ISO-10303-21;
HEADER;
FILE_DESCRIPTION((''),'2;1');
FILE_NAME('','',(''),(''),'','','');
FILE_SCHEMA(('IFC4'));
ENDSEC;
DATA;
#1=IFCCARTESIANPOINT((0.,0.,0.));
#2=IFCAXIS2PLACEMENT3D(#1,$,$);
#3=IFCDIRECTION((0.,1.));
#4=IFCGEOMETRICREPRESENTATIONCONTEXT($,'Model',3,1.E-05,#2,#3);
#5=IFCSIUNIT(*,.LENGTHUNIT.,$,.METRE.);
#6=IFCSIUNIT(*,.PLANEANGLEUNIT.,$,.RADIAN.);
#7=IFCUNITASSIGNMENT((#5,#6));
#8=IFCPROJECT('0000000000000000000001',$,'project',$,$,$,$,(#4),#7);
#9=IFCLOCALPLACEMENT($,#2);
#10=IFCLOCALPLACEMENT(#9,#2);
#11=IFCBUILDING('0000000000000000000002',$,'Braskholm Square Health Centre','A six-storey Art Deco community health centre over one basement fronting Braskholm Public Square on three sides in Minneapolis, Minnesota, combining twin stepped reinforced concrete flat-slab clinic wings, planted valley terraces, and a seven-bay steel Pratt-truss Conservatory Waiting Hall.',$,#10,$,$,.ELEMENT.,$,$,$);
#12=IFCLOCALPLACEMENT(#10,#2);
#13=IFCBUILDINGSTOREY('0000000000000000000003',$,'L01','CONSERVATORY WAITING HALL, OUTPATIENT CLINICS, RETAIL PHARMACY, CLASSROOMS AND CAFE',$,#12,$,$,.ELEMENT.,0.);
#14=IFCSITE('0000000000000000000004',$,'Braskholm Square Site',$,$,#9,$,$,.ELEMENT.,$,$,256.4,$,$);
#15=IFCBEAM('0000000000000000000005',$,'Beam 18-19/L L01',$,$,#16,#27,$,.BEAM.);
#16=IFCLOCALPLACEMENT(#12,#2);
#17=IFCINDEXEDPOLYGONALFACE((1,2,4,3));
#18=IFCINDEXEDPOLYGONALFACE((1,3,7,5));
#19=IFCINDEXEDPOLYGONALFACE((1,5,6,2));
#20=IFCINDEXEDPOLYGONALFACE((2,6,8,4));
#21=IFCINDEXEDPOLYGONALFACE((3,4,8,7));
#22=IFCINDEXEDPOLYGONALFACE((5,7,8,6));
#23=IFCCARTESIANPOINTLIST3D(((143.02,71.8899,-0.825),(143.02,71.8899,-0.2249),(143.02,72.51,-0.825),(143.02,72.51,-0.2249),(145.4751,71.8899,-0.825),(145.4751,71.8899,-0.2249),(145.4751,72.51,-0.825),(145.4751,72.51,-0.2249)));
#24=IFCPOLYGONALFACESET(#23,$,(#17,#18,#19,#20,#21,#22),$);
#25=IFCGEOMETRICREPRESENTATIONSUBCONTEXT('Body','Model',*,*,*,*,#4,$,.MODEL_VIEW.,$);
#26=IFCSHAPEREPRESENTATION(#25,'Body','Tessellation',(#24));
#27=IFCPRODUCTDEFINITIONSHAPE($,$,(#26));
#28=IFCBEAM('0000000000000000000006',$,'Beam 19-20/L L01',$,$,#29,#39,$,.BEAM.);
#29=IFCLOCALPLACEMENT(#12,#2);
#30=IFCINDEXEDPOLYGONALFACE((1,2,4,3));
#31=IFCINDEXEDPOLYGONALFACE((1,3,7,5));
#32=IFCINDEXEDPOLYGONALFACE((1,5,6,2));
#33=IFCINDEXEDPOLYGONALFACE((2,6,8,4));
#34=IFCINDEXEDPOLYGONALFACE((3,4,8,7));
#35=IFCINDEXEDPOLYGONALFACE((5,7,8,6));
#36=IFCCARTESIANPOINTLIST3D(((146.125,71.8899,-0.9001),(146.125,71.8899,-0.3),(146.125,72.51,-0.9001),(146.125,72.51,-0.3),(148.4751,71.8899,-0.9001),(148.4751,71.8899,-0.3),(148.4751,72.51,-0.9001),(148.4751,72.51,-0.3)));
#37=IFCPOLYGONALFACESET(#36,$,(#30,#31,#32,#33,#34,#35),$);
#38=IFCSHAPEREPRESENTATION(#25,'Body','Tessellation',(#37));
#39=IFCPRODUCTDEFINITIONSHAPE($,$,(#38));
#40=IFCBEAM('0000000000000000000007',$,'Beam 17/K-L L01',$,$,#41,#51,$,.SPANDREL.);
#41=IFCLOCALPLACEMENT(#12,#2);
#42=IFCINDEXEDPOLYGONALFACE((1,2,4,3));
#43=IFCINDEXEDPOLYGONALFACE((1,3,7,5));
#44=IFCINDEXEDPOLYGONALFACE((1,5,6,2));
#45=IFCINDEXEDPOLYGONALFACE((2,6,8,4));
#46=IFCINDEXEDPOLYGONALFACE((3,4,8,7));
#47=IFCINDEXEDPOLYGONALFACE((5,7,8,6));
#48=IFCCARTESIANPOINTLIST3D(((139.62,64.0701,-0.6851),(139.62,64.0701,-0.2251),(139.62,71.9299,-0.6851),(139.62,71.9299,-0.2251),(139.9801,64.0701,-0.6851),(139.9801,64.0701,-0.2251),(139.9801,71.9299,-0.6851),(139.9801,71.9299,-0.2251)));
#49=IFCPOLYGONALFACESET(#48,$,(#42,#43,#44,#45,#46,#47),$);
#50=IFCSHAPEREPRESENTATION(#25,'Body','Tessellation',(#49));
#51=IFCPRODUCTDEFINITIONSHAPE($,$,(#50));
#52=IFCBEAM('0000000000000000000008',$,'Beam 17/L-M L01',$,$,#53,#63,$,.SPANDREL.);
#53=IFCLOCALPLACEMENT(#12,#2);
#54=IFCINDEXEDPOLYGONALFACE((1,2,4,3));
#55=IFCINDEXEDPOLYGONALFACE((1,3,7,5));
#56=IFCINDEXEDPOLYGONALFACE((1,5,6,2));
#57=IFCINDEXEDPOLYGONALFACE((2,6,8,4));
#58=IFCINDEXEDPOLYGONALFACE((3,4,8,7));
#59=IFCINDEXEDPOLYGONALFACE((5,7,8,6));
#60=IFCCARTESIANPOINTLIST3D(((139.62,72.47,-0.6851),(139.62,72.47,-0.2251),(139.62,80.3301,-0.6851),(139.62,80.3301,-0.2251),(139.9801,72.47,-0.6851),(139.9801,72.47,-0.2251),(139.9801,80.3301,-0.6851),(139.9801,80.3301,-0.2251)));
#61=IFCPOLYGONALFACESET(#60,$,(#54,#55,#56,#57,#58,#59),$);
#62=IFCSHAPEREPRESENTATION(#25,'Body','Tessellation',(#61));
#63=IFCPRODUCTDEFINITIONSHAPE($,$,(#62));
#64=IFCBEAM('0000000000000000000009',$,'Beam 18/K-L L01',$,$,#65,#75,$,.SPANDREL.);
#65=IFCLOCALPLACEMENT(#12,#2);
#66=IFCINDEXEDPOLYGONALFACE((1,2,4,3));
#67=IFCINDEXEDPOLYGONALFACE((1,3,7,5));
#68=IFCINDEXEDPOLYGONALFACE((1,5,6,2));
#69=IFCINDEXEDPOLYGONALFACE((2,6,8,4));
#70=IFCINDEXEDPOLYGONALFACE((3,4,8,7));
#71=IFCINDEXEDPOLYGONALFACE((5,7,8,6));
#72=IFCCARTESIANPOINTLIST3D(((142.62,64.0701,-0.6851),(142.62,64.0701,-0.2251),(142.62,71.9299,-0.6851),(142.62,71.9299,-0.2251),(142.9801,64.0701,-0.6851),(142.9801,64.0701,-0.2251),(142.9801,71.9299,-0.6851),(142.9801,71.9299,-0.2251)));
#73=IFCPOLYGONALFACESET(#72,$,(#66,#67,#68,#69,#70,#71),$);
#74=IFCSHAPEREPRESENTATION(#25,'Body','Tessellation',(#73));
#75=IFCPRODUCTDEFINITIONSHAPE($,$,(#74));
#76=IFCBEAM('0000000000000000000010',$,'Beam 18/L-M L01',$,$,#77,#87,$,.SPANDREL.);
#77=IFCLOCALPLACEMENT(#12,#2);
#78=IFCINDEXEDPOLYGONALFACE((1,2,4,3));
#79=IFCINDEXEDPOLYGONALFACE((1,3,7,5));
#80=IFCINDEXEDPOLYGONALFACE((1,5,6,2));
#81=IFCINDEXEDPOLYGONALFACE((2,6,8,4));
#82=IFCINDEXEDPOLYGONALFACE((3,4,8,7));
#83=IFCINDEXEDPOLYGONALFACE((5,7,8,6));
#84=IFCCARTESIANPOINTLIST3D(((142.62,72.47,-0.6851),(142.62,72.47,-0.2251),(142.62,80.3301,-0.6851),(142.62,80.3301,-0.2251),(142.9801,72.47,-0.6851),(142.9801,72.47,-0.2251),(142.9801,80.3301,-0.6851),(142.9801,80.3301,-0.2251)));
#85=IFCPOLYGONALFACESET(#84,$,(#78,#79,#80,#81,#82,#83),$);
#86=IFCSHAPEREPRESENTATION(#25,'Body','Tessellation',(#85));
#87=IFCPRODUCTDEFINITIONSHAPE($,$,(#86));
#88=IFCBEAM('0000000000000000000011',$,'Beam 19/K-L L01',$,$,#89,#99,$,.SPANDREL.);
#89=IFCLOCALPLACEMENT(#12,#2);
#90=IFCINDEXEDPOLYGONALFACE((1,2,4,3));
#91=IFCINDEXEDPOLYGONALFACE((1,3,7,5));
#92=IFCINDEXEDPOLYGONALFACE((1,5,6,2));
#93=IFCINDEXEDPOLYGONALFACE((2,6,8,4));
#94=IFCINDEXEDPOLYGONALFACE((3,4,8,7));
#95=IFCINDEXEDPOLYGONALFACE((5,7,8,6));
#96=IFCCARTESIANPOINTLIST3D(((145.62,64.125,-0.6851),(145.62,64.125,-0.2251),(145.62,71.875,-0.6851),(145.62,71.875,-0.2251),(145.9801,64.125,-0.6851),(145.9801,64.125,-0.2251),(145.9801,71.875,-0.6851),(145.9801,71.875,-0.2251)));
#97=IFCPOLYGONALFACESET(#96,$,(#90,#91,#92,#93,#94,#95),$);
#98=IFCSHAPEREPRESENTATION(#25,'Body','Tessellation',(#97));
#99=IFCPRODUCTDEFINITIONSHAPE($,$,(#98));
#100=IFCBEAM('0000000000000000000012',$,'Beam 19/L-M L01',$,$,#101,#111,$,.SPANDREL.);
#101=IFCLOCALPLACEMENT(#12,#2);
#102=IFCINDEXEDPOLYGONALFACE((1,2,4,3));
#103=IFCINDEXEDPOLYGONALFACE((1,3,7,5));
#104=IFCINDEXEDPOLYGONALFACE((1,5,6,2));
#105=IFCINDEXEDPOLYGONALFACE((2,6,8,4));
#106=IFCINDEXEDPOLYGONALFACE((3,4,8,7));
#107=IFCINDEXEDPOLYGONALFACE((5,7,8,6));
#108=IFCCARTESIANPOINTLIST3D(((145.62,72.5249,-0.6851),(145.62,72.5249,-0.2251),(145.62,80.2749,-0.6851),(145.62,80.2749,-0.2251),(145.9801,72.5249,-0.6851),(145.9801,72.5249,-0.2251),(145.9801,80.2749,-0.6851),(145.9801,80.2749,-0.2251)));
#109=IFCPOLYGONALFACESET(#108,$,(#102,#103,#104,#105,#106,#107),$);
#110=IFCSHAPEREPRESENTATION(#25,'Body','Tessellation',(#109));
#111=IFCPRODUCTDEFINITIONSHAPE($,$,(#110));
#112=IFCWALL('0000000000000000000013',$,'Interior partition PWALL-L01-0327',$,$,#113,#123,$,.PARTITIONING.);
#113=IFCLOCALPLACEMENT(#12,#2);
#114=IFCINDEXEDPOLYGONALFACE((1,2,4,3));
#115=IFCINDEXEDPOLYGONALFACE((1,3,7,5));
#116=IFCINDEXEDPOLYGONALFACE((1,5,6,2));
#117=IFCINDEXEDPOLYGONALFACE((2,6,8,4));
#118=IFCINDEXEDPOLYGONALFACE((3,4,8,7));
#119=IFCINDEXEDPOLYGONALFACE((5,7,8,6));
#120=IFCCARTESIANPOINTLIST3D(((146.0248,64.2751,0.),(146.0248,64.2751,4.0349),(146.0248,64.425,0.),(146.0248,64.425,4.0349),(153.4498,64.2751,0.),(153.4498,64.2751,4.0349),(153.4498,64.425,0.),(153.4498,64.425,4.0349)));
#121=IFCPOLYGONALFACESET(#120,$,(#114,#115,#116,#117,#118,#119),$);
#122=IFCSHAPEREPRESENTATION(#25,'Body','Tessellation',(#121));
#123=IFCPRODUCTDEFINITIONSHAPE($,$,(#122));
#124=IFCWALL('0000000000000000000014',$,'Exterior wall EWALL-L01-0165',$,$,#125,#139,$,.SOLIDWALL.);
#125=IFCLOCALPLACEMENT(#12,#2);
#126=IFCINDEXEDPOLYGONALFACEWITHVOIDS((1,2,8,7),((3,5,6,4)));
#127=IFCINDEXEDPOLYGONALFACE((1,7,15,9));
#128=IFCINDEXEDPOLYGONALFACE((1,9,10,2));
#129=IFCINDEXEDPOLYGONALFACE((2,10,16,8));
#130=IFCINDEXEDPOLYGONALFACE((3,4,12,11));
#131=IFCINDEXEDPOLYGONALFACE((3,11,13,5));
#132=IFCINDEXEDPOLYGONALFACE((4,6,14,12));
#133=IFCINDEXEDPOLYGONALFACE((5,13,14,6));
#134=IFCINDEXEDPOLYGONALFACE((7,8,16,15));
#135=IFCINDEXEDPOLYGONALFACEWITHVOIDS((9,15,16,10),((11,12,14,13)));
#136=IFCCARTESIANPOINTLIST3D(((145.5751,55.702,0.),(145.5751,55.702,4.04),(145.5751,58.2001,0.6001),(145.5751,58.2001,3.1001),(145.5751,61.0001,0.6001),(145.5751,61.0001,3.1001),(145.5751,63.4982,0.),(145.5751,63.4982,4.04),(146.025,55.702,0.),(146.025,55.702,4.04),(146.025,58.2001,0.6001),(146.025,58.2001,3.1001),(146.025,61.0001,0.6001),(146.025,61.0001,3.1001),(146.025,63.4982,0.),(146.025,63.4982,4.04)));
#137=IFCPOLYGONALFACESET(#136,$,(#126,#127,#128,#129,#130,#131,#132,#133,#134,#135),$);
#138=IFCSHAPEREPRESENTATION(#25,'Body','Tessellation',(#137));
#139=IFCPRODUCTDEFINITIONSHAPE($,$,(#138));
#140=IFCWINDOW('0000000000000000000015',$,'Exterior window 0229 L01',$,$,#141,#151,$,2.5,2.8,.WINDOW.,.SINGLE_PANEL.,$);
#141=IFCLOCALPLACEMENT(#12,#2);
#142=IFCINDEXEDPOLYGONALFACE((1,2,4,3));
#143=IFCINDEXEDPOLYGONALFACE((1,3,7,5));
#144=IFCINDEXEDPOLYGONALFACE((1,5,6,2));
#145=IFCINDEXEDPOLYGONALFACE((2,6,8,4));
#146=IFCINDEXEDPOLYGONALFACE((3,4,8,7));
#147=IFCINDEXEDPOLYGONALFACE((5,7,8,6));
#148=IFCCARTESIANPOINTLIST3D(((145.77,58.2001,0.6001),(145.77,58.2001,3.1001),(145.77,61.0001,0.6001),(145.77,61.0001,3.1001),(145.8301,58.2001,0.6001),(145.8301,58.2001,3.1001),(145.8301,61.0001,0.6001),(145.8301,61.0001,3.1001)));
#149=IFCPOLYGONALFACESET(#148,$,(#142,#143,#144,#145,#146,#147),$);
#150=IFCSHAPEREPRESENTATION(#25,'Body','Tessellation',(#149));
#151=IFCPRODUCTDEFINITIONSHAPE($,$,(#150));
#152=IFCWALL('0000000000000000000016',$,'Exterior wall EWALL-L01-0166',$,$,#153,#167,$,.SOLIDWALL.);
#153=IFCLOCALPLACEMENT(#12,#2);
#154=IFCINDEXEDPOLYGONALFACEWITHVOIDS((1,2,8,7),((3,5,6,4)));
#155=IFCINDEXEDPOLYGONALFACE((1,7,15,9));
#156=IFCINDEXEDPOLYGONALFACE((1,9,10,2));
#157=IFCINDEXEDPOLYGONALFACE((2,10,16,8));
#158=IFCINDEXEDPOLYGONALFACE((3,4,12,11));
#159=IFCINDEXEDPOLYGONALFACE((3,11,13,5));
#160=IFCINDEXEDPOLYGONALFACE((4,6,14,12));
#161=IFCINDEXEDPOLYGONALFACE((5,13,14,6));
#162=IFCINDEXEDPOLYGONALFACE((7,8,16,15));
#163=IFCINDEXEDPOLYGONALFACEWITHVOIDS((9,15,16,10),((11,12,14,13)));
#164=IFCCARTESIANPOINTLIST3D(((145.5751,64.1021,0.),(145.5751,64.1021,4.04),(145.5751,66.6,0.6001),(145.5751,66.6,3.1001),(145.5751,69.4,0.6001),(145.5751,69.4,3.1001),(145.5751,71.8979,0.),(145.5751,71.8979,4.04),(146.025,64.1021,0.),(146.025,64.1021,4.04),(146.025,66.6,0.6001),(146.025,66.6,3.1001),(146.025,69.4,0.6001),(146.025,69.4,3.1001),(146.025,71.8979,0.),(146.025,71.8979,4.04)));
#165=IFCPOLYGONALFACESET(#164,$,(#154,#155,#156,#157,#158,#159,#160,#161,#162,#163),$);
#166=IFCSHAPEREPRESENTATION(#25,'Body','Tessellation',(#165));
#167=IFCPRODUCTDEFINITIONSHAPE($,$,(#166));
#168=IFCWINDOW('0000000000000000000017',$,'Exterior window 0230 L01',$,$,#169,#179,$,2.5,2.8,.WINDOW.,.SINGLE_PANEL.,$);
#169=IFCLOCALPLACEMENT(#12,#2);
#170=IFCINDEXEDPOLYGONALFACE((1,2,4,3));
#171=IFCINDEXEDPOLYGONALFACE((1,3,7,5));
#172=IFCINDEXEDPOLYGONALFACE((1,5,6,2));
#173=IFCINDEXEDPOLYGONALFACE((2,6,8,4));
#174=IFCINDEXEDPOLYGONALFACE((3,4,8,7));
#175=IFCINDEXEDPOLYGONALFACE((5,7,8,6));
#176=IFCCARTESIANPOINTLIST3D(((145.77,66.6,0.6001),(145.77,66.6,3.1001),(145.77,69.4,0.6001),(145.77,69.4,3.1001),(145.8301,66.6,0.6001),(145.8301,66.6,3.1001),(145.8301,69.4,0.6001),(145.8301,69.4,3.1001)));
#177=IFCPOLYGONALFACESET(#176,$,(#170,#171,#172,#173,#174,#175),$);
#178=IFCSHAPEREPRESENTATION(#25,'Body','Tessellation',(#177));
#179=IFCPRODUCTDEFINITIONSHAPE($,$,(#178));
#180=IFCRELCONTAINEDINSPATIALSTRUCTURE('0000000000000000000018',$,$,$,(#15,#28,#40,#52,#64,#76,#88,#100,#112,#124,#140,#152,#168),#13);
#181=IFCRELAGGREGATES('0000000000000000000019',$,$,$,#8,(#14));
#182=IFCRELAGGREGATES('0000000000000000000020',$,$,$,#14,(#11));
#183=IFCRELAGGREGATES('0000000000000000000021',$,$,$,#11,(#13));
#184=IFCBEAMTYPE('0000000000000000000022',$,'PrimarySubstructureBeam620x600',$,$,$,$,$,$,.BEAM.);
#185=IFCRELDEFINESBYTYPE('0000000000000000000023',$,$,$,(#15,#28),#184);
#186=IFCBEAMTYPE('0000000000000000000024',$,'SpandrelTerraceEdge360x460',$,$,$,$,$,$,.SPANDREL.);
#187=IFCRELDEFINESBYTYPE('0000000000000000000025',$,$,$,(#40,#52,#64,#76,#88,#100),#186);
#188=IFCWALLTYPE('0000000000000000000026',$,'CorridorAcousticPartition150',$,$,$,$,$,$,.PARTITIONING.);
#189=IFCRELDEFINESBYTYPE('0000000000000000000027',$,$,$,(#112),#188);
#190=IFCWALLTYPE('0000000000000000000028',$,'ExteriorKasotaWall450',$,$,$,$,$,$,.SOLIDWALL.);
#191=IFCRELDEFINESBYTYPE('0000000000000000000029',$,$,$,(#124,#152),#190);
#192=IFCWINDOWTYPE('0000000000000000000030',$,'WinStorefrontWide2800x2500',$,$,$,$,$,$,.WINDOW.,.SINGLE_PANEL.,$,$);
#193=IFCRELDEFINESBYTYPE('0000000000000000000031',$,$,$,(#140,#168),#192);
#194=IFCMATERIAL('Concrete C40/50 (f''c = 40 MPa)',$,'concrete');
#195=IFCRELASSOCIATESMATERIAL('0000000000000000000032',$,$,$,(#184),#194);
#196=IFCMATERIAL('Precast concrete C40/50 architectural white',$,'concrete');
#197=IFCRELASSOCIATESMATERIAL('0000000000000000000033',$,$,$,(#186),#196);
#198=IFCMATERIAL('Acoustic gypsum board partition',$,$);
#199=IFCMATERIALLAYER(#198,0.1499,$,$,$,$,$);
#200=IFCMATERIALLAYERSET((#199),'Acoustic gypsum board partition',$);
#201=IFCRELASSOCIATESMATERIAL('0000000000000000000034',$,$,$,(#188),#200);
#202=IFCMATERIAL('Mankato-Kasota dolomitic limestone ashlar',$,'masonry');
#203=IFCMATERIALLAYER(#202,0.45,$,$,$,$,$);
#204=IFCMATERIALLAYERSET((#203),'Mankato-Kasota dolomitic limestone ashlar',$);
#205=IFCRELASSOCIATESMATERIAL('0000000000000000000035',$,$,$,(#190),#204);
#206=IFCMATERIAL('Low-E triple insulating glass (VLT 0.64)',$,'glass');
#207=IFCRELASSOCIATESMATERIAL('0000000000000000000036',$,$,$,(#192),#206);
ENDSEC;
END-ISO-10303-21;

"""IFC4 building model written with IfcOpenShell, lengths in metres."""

from ifc_helpers import new_model, si_unit, direction, frame, frame_2d, origin, origin_with_axes, origin_2d, place, context, subcontext, project, spatial, rectangle, extrude, material, layer, layer_set, material_profile, profile_set, type_object, element, fill, save


model = new_model("IFC4")

# Units and contexts
model_context = context("Model", 3, precision=1e-05, world=origin(), true_north=direction((0.0, 1.0)))
body_context = subcontext(model_context, "Body", "Model", "MODEL_VIEW")
ifc_project = project(units=[si_unit("LENGTHUNIT", "METRE"), si_unit("PLANEANGLEUNIT", "RADIAN")], contexts=[model_context])

# Site, building, storey
site_placement = place(None, origin())
site = spatial("IfcSite", under=ifc_project, at=site_placement, Name="Braskholm Square Site", CompositionType="ELEMENT", RefElevation=256.4)
building_placement = place(site_placement, origin())
building = spatial("IfcBuilding", under=site, at=building_placement, Name="Braskholm Square Health Centre", Description="A six-storey Art Deco community health centre over one basement fronting Braskholm Public Square on three sides in Minneapolis, Minnesota, combining twin stepped reinforced concrete flat-slab clinic wings, planted valley terraces, and a seven-bay steel Pratt-truss Conservatory Waiting Hall.", CompositionType="ELEMENT")
storey_placement = place(building_placement, origin())
storey = spatial("IfcBuildingStorey", under=building, at=storey_placement, Name="L01", Description="CONSERVATORY WAITING HALL, OUTPATIENT CLINICS, RETAIL PHARMACY, CLASSROOMS AND CAFE", CompositionType="ELEMENT", Elevation=0.0)

# Shared definitions
ifc_material_1 = material(Name="Concrete C40/50 (f'c = 40 MPa)", Category="concrete")
ifc_material_2 = material(Name="Precast concrete C40/50 architectural white", Category="concrete")

# Shared definitions
ifc_material_3 = material(Name="Low-E triple insulating glass (VLT 0.64)", Category="glass")

# Beams
ifc_material_profile_1 = material_profile(ifc_material_1, rectangle(XDim=0.6201, YDim=0.6001, at=origin_2d()), Name="RCB-620X600")
ifc_profile_set_1 = profile_set([ifc_material_profile_1], Name="Concrete C40/50 (f'c = 40 MPa)")
beam_type_1 = type_object("IfcBeamType", Name="PrimarySubstructureBeam620x600", PredefinedType="BEAM", material=ifc_profile_set_1)
beam_1_placement = place(storey_placement, frame((143.02, 72.2, -0.5249), z_axis=(1.0, 0.0, 0.0), x_axis=(0.0, 1.0, 0.0)))
element("IfcBeam", 1, at=beam_1_placement, inside=storey, type_object=beam_type_1, Name="Beam 18-19/L L01", PredefinedType="BEAM", context=body_context, shape_type="SweptSolid", body=[
    extrude(rectangle(XDim=0.6201, YDim=0.6001, at=origin_2d()), origin(), (0.0, 0.0, 1.0), 2.4551),
])
beam_2_placement = place(storey_placement, frame((146.125, 72.2, -0.6001), z_axis=(1.0, 0.0, 0.0), x_axis=(0.0, 1.0, 0.0)))
element("IfcBeam", 2, at=beam_2_placement, inside=storey, type_object=beam_type_1, Name="Beam 19-20/L L01", PredefinedType="BEAM", context=body_context, shape_type="SweptSolid", body=[
    extrude(rectangle(XDim=0.6201, YDim=0.6001, at=origin_2d()), origin(), (0.0, 0.0, 1.0), 2.3501),
])
ifc_material_profile_2 = material_profile(ifc_material_2, rectangle(XDim=0.3601, YDim=0.46, at=origin_2d()), Name="RCB-360X460")
ifc_profile_set_2 = profile_set([ifc_material_profile_2], Name="Precast concrete C40/50 architectural white")
beam_type_2 = type_object("IfcBeamType", Name="SpandrelTerraceEdge360x460", PredefinedType="SPANDREL", material=ifc_profile_set_2)
beam_3_placement = place(storey_placement, frame((139.8, 64.0701, -0.4551), z_axis=(0.0, 1.0, 0.0), x_axis=(-1.0, 0.0, 0.0)))
element("IfcBeam", 3, at=beam_3_placement, inside=storey, type_object=beam_type_2, Name="Beam 17/K-L L01", PredefinedType="SPANDREL", context=body_context, shape_type="SweptSolid", body=[
    extrude(rectangle(XDim=0.3601, YDim=0.46, at=origin_2d()), origin(), (0.0, 0.0, 1.0), 7.8599),
])
beam_4_placement = place(storey_placement, frame((139.8, 72.47, -0.4551), z_axis=(0.0, 1.0, 0.0), x_axis=(-1.0, 0.0, 0.0)))
element("IfcBeam", 4, at=beam_4_placement, inside=storey, type_object=beam_type_2, Name="Beam 17/L-M L01", PredefinedType="SPANDREL", context=body_context, shape_type="SweptSolid", body=[
    extrude(rectangle(XDim=0.3601, YDim=0.46, at=origin_2d()), origin(), (0.0, 0.0, 1.0), 7.8601),
])
beam_5_placement = place(storey_placement, frame((142.8, 64.0701, -0.4551), z_axis=(0.0, 1.0, 0.0), x_axis=(-1.0, 0.0, 0.0)))
element("IfcBeam", 5, at=beam_5_placement, inside=storey, type_object=beam_type_2, Name="Beam 18/K-L L01", PredefinedType="SPANDREL", context=body_context, shape_type="SweptSolid", body=[
    extrude(rectangle(XDim=0.3601, YDim=0.46, at=origin_2d()), origin(), (0.0, 0.0, 1.0), 7.8599),
])
beam_6_placement = place(storey_placement, frame((142.8, 72.47, -0.4551), z_axis=(0.0, 1.0, 0.0), x_axis=(-1.0, 0.0, 0.0)))
element("IfcBeam", 6, at=beam_6_placement, inside=storey, type_object=beam_type_2, Name="Beam 18/L-M L01", PredefinedType="SPANDREL", context=body_context, shape_type="SweptSolid", body=[
    extrude(rectangle(XDim=0.3601, YDim=0.46, at=origin_2d()), origin(), (0.0, 0.0, 1.0), 7.8601),
])
for number, where, z_axis, x_axis, name in (
    (7, (145.8, 64.125, -0.4551), (0.0, 1.0, 0.0), (-1.0, 0.0, 0.0), "Beam 19/K-L L01"),
    (8, (145.8, 72.5249, -0.4551), (0.0, 1.0, 0.0), (-1.0, 0.0, 0.0), "Beam 19/L-M L01"),
):
    element("IfcBeam", number, at=place(storey_placement, frame(where, z_axis=z_axis, x_axis=x_axis)), inside=storey, type_object=beam_type_2, Name=name, PredefinedType="SPANDREL", context=body_context, shape_type="SweptSolid", body=[
        extrude(rectangle(XDim=0.3601, YDim=0.46, at=origin_2d()), origin(), (0.0, 0.0, 1.0), 7.75),
    ])

# Wall
ifc_material_4 = material(Name="Acoustic gypsum board partition")
ifc_layer_1 = layer(ifc_material_4, 0.1499)
ifc_layer_set_1 = layer_set([ifc_layer_1], Name="Acoustic gypsum board partition")
wall_type_1 = type_object("IfcWallType", Name="CorridorAcousticPartition150", PredefinedType="PARTITIONING", material=ifc_layer_set_1)
wall_1_placement = place(storey_placement, frame((146.0249, 64.3501, 0.0), z_axis=(0.0, 0.0, 1.0), x_axis=(1.0, 0.0, 0.0)))
element("IfcWall", 9, at=wall_1_placement, inside=storey, type_object=wall_type_1, Name="Interior partition PWALL-L01-0327", PredefinedType="PARTITIONING", context=body_context, shape_type="SweptSolid", body=[
    extrude(rectangle(XDim=7.425, YDim=0.1499, at=frame_2d((3.7124, 0.0))), origin(), (0.0, 0.0, 1.0), 4.0349),
])

# Walls, openings, windows
ifc_material_5 = material(Name="Mankato-Kasota dolomitic limestone ashlar", Category="masonry")
ifc_layer_2 = layer(ifc_material_5, 0.45)
ifc_layer_set_2 = layer_set([ifc_layer_2], Name="Mankato-Kasota dolomitic limestone ashlar")
wall_type_2 = type_object("IfcWallType", Name="ExteriorKasotaWall450", PredefinedType="SOLIDWALL", material=ifc_layer_set_2)
wall_2_placement = place(storey_placement, frame((145.8, 63.498, 0.0), z_axis=(0.0, 0.0, 1.0), x_axis=(0.0, -1.0, 0.0)))
wall_2 = element("IfcWall", 10, at=wall_2_placement, inside=storey, type_object=wall_type_2, Name="Exterior wall EWALL-L01-0165", PredefinedType="SOLIDWALL", context=body_context, shape_type="SweptSolid", body=[
    extrude(rectangle(XDim=7.7961, YDim=0.45, at=frame_2d((3.8979, 0.0))), origin(), (0.0, 0.0, 1.0), 4.04),
])
opening_1_placement = place(wall_2_placement, frame((2.498, 0.0, 0.6001)))
opening_1 = element("IfcOpeningElement", 11, at=opening_1_placement, cuts=wall_2, PredefinedType="OPENING", context=body_context, shape_type="SweptSolid", body=[
    extrude(rectangle(XDim=2.8, YDim=2.5, at=frame_2d((1.3999, 1.25))), frame((0.0, 0.2349, 0.0), z_axis=(0.0, -1.0, 0.0), x_axis=(1.0, 0.0, 0.0)), (0.0, 0.0, 1.0), 0.47),
])
window_type = type_object("IfcWindowType", Name="WinStorefrontWide2800x2500", PartitioningType="SINGLE_PANEL", PredefinedType="WINDOW", material=ifc_material_3)
window_1_placement = place(opening_1_placement, origin_with_axes())
window_1 = element("IfcWindow", 12, at=window_1_placement, inside=storey, type_object=window_type, Name="Exterior window 0229 L01", OverallHeight=2.5, OverallWidth=2.8, PartitioningType="SINGLE_PANEL", PredefinedType="WINDOW", context=body_context, shape_type="SweptSolid", body=[
    extrude(rectangle(XDim=2.8, YDim=2.5, at=frame_2d((1.3999, 1.25))), frame((0.0, 0.03, 0.0), z_axis=(0.0, -1.0, 0.0), x_axis=(1.0, 0.0, 0.0)), (0.0, 0.0, 1.0), 0.0601),
])
fill(opening_1, window_1)
wall_3_placement = place(storey_placement, frame((145.8, 71.8979, 0.0), z_axis=(0.0, 0.0, 1.0), x_axis=(0.0, -1.0, 0.0)))
wall_3 = element("IfcWall", 13, at=wall_3_placement, inside=storey, type_object=wall_type_2, Name="Exterior wall EWALL-L01-0166", PredefinedType="SOLIDWALL", context=body_context, shape_type="SweptSolid", body=[
    extrude(rectangle(XDim=7.7959, YDim=0.45, at=frame_2d((3.8979, 0.0))), origin(), (0.0, 0.0, 1.0), 4.04),
])
opening_2_placement = place(wall_3_placement, frame((2.498, 0.0, 0.6001)))
opening_2 = element("IfcOpeningElement", 14, at=opening_2_placement, cuts=wall_3, PredefinedType="OPENING", context=body_context, shape_type="SweptSolid", body=[
    extrude(rectangle(XDim=2.8, YDim=2.5, at=frame_2d((1.3999, 1.25))), frame((0.0, 0.2349, 0.0), z_axis=(0.0, -1.0, 0.0), x_axis=(1.0, 0.0, 0.0)), (0.0, 0.0, 1.0), 0.47),
])
window_2_placement = place(opening_2_placement, origin_with_axes())
window_2 = element("IfcWindow", 15, at=window_2_placement, inside=storey, type_object=window_type, Name="Exterior window 0230 L01", OverallHeight=2.5, OverallWidth=2.8, PartitioningType="SINGLE_PANEL", PredefinedType="WINDOW", context=body_context, shape_type="SweptSolid", body=[
    extrude(rectangle(XDim=2.8, YDim=2.5, at=frame_2d((1.3999, 1.25))), frame((0.0, 0.03, 0.0), z_axis=(0.0, -1.0, 0.0), x_axis=(1.0, 0.0, 0.0)), (0.0, 0.0, 1.0), 0.0601),
])
fill(opening_2, window_2)

save(model, "model.ifc")
